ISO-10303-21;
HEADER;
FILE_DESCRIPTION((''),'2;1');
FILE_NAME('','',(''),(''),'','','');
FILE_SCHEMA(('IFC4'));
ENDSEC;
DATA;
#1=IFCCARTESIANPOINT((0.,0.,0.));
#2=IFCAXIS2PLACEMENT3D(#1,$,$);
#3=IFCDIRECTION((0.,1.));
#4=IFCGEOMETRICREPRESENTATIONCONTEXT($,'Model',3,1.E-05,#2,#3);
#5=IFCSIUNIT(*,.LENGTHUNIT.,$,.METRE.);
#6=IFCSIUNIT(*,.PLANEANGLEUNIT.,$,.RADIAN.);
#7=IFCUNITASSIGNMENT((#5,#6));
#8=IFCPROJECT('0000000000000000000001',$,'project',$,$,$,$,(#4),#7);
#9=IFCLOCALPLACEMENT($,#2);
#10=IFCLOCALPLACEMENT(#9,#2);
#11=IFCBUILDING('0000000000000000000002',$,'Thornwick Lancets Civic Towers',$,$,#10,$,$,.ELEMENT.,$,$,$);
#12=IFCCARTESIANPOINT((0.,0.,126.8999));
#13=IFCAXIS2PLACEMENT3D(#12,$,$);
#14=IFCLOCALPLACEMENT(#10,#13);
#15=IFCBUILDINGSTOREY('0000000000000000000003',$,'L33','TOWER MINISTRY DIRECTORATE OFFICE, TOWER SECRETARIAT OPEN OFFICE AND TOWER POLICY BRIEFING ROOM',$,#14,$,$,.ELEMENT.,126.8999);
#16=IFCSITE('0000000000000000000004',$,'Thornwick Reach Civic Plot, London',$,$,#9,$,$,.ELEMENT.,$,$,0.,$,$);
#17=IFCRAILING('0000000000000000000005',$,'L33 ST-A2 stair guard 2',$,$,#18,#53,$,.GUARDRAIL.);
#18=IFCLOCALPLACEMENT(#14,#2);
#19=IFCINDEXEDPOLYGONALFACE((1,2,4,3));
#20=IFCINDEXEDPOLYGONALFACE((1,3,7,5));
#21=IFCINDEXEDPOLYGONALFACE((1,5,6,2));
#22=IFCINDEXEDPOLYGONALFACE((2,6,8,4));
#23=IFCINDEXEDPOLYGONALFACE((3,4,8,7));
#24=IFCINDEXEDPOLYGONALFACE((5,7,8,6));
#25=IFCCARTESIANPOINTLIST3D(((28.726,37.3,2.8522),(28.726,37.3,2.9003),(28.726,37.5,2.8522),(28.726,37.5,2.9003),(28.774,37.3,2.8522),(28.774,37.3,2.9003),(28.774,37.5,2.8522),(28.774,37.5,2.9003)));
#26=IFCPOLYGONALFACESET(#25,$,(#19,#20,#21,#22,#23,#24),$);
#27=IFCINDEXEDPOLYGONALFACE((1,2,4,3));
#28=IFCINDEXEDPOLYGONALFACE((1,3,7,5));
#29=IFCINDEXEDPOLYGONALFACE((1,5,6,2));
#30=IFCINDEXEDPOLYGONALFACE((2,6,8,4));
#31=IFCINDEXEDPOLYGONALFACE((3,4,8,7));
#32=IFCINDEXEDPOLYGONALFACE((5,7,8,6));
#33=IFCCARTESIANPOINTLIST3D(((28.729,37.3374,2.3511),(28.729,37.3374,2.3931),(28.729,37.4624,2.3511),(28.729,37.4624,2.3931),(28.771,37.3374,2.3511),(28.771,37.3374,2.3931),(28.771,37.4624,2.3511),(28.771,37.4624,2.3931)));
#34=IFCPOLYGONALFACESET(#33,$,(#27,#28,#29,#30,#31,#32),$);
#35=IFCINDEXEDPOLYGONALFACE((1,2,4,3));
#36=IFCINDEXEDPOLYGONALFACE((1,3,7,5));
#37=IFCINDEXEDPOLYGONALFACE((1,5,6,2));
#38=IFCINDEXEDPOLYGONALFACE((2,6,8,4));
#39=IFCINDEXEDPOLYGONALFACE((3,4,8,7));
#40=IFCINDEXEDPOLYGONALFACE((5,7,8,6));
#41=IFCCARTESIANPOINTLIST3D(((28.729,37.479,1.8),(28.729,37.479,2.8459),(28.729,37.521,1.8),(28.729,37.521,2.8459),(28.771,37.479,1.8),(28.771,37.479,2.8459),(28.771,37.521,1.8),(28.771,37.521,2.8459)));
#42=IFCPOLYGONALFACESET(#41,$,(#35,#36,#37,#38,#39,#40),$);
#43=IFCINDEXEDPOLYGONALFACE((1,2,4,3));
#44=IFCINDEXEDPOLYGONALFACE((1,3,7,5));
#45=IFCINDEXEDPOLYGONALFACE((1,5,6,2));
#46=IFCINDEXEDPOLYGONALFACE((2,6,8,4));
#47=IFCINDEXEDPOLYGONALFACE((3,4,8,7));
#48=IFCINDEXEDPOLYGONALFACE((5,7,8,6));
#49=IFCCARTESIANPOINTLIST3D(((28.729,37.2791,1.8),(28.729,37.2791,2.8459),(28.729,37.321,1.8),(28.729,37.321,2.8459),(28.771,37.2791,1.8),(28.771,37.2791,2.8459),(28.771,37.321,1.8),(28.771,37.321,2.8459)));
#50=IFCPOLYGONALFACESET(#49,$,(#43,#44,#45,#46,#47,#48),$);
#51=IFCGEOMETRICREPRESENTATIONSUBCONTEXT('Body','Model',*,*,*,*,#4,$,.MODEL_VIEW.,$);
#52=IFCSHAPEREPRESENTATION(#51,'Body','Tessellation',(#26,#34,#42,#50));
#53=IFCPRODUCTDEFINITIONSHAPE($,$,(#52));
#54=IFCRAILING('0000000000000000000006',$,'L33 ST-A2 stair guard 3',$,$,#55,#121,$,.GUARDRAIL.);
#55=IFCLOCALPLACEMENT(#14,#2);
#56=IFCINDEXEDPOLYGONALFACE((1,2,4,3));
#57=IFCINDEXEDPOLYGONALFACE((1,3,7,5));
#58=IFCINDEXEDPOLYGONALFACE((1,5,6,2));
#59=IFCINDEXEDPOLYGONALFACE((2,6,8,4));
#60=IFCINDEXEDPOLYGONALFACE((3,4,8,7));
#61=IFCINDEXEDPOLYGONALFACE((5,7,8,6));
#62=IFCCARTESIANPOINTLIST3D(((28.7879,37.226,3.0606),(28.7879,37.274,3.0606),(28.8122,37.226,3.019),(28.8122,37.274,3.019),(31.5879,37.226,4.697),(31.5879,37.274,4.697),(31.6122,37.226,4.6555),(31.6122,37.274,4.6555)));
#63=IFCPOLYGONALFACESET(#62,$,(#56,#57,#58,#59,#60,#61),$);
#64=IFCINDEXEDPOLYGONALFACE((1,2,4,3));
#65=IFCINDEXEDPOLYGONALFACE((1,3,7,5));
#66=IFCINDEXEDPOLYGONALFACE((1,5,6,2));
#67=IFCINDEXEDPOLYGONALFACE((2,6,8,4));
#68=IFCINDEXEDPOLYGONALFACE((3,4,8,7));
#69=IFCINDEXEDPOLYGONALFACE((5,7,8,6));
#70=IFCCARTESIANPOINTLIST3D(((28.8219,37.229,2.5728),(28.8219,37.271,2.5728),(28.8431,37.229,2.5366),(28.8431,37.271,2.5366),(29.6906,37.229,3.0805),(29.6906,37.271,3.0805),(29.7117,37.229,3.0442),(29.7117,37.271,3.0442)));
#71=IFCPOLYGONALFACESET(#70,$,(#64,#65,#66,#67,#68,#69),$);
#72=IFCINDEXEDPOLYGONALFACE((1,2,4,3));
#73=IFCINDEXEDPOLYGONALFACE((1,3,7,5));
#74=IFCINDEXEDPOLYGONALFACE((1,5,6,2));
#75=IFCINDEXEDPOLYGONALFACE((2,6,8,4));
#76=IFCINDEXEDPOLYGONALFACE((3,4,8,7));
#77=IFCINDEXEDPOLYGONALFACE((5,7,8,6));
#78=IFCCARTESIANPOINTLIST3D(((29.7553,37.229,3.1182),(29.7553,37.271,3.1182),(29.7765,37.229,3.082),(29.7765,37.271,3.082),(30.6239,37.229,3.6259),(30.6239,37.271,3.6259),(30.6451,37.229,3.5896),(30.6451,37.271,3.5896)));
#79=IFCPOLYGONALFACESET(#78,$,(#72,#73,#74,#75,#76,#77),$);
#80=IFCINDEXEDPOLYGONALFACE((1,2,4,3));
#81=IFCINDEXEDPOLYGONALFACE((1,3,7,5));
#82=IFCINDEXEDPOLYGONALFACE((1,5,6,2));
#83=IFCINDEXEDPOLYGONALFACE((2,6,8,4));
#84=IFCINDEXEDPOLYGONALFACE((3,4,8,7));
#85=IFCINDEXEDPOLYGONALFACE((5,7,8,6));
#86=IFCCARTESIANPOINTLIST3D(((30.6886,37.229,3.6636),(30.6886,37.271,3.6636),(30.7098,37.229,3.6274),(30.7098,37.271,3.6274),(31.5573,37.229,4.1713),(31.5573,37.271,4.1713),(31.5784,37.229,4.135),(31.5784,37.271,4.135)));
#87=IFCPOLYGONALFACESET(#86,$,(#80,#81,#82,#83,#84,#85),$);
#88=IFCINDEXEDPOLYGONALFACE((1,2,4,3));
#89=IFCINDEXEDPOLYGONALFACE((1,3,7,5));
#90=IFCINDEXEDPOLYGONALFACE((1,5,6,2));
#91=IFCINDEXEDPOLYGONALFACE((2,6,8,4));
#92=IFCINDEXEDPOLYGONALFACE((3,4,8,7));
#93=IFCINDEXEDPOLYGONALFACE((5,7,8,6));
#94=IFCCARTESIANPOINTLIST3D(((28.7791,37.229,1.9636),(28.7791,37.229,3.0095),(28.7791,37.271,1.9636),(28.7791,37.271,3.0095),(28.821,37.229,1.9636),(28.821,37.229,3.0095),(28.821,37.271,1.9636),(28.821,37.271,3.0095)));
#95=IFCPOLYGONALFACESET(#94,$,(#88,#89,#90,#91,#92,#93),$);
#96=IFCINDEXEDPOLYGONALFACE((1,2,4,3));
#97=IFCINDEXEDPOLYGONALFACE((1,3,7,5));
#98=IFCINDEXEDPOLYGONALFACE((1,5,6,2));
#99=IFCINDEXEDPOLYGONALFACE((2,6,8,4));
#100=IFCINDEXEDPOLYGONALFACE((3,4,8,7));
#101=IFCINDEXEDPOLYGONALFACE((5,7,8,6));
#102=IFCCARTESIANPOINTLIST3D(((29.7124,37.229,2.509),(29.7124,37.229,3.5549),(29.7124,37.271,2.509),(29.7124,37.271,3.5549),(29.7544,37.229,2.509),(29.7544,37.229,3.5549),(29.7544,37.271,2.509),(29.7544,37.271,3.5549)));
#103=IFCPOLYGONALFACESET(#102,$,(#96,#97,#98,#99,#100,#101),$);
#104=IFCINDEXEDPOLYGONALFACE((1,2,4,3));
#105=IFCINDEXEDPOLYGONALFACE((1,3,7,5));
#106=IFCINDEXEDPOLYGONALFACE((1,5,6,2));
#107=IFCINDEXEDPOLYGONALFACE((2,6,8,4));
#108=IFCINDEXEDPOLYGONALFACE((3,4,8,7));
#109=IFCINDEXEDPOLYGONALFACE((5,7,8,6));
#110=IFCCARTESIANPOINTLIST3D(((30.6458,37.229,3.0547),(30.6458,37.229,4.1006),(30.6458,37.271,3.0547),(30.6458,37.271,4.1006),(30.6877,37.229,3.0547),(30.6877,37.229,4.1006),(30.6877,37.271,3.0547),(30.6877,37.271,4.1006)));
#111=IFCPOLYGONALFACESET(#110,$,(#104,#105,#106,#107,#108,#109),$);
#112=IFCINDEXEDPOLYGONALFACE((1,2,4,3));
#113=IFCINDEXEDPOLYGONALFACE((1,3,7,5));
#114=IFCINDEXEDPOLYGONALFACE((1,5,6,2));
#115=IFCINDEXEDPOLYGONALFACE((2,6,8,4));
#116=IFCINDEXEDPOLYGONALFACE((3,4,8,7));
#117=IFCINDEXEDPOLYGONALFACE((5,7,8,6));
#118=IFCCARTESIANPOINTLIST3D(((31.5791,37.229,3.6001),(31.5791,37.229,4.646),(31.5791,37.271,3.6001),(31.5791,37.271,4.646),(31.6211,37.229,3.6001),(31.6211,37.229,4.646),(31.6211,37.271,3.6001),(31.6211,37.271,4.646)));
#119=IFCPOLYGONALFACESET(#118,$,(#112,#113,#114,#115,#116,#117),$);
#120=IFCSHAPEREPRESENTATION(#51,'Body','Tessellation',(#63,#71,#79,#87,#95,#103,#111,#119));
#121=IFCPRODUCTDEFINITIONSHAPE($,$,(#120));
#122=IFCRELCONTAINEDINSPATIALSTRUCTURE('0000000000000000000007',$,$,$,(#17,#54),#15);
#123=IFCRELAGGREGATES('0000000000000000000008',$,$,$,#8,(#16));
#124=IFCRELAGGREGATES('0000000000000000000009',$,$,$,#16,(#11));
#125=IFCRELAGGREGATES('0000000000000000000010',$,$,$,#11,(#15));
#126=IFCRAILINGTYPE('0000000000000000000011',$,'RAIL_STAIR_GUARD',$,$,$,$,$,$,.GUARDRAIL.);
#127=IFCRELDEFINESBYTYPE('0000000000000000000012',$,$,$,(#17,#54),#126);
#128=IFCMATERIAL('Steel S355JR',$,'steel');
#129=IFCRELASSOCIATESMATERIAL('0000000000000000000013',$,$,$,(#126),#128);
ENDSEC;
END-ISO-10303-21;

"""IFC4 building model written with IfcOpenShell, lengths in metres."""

from ifc_helpers import new_model, si_unit, direction, frame, origin, origin_2d, place, context, subcontext, project, spatial, rectangle, extrude, material, type_object, element, save


model = new_model("IFC4")

# Units and contexts
model_context = context("Model", 3, precision=1e-05, world=origin(), true_north=direction((0.0, 1.0)))
body_context = subcontext(model_context, "Body", "Model", "MODEL_VIEW")
ifc_project = project(units=[si_unit("LENGTHUNIT", "METRE"), si_unit("PLANEANGLEUNIT", "RADIAN")], contexts=[model_context])

# Site, building, storey
site_placement = place(None, origin())
site = spatial("IfcSite", under=ifc_project, at=site_placement, Name="Thornwick Reach Civic Plot, London", CompositionType="ELEMENT", RefElevation=0.0)
building_placement = place(site_placement, origin())
building = spatial("IfcBuilding", under=site, at=building_placement, Name="Thornwick Lancets Civic Towers", CompositionType="ELEMENT")
storey_placement = place(building_placement, frame((0.0, 0.0, 126.8999)))
storey = spatial("IfcBuildingStorey", under=building, at=storey_placement, Name="L33", Description="TOWER MINISTRY DIRECTORATE OFFICE, TOWER SECRETARIAT OPEN OFFICE AND TOWER POLICY BRIEFING ROOM", CompositionType="ELEMENT", Elevation=126.8999)

# Shared definitions
ifc_material_1 = material(Name="Steel S355JR", Category="steel")

# Railings
railing_type_1 = type_object("IfcRailingType", Name="RAIL_STAIR_GUARD", PredefinedType="GUARDRAIL", material=ifc_material_1)
railing_1_placement = place(storey_placement, frame((28.75, 37.5, 1.8)))
element("IfcRailing", 1, at=railing_1_placement, inside=storey, type_object=railing_type_1, Name="L33 ST-A2 stair guard 2", PredefinedType="GUARDRAIL", context=body_context, shape_type="SweptSolid", body=[
    extrude(rectangle(XDim=0.0481, YDim=0.0481, at=origin_2d()), frame((0.0, 0.0, 1.0762), z_axis=(0.0, -1.0, 0.0), x_axis=(1.0, 0.0, 0.0)), (0.0, 0.0, 1.0), 0.2),
    extrude(rectangle(XDim=0.042, YDim=0.042, at=origin_2d()), frame((0.0, -0.0376, 0.572), z_axis=(0.0, -1.0, 0.0), x_axis=(1.0, 0.0, 0.0)), (0.0, 0.0, 1.0), 0.125),
    extrude(rectangle(XDim=0.042, YDim=0.042, at=origin_2d()), origin(), (0.0, 0.0, 1.0), 1.0459),
    extrude(rectangle(XDim=0.042, YDim=0.042, at=origin_2d()), frame((0.0, -0.2, 0.0)), (0.0, 0.0, 1.0), 1.0459),
])
railing_2_placement = place(storey_placement, frame((28.8, 37.25, 1.9636)))
element("IfcRailing", 2, at=railing_2_placement, inside=storey, type_object=railing_type_1, Name="L33 ST-A2 stair guard 3", PredefinedType="GUARDRAIL", context=body_context, shape_type="SweptSolid", body=[
    extrude(rectangle(XDim=0.0481, YDim=0.0481, at=origin_2d()), frame((0.0, 0.0, 1.0762), z_axis=(0.863361, 0.0, 0.504587), x_axis=(0.0, 1.0, 0.0)), (0.0, 0.0, 1.0), 3.2432),
    extrude(rectangle(XDim=0.042, YDim=0.042, at=origin_2d()), frame((0.0325, 0.0, 0.5911), z_axis=(0.863361, 0.0, 0.504587), x_axis=(0.0, 1.0, 0.0)), (0.0, 0.0, 1.0), 1.0061),
    extrude(rectangle(XDim=0.042, YDim=0.042, at=origin_2d()), frame((0.9658, 0.0, 1.1365), z_axis=(0.863361, 0.0, 0.504587), x_axis=(0.0, 1.0, 0.0)), (0.0, 0.0, 1.0), 1.0061),
    extrude(rectangle(XDim=0.042, YDim=0.042, at=origin_2d()), frame((1.8992, 0.0, 1.6819), z_axis=(0.863361, 0.0, 0.504587), x_axis=(0.0, 1.0, 0.0)), (0.0, 0.0, 1.0), 1.0061),
    extrude(rectangle(XDim=0.042, YDim=0.042, at=origin_2d()), origin(), (0.0, 0.0, 1.0), 1.0459),
    extrude(rectangle(XDim=0.042, YDim=0.042, at=origin_2d()), frame((0.9333, 0.0, 0.5454)), (0.0, 0.0, 1.0), 1.0459),
    extrude(rectangle(XDim=0.042, YDim=0.042, at=origin_2d()), frame((1.8667, 0.0, 1.0911)), (0.0, 0.0, 1.0), 1.0459),
    extrude(rectangle(XDim=0.042, YDim=0.042, at=origin_2d()), frame((2.8, 0.0, 1.6365)), (0.0, 0.0, 1.0), 1.0459),
])

save(model, "model.ifc")
